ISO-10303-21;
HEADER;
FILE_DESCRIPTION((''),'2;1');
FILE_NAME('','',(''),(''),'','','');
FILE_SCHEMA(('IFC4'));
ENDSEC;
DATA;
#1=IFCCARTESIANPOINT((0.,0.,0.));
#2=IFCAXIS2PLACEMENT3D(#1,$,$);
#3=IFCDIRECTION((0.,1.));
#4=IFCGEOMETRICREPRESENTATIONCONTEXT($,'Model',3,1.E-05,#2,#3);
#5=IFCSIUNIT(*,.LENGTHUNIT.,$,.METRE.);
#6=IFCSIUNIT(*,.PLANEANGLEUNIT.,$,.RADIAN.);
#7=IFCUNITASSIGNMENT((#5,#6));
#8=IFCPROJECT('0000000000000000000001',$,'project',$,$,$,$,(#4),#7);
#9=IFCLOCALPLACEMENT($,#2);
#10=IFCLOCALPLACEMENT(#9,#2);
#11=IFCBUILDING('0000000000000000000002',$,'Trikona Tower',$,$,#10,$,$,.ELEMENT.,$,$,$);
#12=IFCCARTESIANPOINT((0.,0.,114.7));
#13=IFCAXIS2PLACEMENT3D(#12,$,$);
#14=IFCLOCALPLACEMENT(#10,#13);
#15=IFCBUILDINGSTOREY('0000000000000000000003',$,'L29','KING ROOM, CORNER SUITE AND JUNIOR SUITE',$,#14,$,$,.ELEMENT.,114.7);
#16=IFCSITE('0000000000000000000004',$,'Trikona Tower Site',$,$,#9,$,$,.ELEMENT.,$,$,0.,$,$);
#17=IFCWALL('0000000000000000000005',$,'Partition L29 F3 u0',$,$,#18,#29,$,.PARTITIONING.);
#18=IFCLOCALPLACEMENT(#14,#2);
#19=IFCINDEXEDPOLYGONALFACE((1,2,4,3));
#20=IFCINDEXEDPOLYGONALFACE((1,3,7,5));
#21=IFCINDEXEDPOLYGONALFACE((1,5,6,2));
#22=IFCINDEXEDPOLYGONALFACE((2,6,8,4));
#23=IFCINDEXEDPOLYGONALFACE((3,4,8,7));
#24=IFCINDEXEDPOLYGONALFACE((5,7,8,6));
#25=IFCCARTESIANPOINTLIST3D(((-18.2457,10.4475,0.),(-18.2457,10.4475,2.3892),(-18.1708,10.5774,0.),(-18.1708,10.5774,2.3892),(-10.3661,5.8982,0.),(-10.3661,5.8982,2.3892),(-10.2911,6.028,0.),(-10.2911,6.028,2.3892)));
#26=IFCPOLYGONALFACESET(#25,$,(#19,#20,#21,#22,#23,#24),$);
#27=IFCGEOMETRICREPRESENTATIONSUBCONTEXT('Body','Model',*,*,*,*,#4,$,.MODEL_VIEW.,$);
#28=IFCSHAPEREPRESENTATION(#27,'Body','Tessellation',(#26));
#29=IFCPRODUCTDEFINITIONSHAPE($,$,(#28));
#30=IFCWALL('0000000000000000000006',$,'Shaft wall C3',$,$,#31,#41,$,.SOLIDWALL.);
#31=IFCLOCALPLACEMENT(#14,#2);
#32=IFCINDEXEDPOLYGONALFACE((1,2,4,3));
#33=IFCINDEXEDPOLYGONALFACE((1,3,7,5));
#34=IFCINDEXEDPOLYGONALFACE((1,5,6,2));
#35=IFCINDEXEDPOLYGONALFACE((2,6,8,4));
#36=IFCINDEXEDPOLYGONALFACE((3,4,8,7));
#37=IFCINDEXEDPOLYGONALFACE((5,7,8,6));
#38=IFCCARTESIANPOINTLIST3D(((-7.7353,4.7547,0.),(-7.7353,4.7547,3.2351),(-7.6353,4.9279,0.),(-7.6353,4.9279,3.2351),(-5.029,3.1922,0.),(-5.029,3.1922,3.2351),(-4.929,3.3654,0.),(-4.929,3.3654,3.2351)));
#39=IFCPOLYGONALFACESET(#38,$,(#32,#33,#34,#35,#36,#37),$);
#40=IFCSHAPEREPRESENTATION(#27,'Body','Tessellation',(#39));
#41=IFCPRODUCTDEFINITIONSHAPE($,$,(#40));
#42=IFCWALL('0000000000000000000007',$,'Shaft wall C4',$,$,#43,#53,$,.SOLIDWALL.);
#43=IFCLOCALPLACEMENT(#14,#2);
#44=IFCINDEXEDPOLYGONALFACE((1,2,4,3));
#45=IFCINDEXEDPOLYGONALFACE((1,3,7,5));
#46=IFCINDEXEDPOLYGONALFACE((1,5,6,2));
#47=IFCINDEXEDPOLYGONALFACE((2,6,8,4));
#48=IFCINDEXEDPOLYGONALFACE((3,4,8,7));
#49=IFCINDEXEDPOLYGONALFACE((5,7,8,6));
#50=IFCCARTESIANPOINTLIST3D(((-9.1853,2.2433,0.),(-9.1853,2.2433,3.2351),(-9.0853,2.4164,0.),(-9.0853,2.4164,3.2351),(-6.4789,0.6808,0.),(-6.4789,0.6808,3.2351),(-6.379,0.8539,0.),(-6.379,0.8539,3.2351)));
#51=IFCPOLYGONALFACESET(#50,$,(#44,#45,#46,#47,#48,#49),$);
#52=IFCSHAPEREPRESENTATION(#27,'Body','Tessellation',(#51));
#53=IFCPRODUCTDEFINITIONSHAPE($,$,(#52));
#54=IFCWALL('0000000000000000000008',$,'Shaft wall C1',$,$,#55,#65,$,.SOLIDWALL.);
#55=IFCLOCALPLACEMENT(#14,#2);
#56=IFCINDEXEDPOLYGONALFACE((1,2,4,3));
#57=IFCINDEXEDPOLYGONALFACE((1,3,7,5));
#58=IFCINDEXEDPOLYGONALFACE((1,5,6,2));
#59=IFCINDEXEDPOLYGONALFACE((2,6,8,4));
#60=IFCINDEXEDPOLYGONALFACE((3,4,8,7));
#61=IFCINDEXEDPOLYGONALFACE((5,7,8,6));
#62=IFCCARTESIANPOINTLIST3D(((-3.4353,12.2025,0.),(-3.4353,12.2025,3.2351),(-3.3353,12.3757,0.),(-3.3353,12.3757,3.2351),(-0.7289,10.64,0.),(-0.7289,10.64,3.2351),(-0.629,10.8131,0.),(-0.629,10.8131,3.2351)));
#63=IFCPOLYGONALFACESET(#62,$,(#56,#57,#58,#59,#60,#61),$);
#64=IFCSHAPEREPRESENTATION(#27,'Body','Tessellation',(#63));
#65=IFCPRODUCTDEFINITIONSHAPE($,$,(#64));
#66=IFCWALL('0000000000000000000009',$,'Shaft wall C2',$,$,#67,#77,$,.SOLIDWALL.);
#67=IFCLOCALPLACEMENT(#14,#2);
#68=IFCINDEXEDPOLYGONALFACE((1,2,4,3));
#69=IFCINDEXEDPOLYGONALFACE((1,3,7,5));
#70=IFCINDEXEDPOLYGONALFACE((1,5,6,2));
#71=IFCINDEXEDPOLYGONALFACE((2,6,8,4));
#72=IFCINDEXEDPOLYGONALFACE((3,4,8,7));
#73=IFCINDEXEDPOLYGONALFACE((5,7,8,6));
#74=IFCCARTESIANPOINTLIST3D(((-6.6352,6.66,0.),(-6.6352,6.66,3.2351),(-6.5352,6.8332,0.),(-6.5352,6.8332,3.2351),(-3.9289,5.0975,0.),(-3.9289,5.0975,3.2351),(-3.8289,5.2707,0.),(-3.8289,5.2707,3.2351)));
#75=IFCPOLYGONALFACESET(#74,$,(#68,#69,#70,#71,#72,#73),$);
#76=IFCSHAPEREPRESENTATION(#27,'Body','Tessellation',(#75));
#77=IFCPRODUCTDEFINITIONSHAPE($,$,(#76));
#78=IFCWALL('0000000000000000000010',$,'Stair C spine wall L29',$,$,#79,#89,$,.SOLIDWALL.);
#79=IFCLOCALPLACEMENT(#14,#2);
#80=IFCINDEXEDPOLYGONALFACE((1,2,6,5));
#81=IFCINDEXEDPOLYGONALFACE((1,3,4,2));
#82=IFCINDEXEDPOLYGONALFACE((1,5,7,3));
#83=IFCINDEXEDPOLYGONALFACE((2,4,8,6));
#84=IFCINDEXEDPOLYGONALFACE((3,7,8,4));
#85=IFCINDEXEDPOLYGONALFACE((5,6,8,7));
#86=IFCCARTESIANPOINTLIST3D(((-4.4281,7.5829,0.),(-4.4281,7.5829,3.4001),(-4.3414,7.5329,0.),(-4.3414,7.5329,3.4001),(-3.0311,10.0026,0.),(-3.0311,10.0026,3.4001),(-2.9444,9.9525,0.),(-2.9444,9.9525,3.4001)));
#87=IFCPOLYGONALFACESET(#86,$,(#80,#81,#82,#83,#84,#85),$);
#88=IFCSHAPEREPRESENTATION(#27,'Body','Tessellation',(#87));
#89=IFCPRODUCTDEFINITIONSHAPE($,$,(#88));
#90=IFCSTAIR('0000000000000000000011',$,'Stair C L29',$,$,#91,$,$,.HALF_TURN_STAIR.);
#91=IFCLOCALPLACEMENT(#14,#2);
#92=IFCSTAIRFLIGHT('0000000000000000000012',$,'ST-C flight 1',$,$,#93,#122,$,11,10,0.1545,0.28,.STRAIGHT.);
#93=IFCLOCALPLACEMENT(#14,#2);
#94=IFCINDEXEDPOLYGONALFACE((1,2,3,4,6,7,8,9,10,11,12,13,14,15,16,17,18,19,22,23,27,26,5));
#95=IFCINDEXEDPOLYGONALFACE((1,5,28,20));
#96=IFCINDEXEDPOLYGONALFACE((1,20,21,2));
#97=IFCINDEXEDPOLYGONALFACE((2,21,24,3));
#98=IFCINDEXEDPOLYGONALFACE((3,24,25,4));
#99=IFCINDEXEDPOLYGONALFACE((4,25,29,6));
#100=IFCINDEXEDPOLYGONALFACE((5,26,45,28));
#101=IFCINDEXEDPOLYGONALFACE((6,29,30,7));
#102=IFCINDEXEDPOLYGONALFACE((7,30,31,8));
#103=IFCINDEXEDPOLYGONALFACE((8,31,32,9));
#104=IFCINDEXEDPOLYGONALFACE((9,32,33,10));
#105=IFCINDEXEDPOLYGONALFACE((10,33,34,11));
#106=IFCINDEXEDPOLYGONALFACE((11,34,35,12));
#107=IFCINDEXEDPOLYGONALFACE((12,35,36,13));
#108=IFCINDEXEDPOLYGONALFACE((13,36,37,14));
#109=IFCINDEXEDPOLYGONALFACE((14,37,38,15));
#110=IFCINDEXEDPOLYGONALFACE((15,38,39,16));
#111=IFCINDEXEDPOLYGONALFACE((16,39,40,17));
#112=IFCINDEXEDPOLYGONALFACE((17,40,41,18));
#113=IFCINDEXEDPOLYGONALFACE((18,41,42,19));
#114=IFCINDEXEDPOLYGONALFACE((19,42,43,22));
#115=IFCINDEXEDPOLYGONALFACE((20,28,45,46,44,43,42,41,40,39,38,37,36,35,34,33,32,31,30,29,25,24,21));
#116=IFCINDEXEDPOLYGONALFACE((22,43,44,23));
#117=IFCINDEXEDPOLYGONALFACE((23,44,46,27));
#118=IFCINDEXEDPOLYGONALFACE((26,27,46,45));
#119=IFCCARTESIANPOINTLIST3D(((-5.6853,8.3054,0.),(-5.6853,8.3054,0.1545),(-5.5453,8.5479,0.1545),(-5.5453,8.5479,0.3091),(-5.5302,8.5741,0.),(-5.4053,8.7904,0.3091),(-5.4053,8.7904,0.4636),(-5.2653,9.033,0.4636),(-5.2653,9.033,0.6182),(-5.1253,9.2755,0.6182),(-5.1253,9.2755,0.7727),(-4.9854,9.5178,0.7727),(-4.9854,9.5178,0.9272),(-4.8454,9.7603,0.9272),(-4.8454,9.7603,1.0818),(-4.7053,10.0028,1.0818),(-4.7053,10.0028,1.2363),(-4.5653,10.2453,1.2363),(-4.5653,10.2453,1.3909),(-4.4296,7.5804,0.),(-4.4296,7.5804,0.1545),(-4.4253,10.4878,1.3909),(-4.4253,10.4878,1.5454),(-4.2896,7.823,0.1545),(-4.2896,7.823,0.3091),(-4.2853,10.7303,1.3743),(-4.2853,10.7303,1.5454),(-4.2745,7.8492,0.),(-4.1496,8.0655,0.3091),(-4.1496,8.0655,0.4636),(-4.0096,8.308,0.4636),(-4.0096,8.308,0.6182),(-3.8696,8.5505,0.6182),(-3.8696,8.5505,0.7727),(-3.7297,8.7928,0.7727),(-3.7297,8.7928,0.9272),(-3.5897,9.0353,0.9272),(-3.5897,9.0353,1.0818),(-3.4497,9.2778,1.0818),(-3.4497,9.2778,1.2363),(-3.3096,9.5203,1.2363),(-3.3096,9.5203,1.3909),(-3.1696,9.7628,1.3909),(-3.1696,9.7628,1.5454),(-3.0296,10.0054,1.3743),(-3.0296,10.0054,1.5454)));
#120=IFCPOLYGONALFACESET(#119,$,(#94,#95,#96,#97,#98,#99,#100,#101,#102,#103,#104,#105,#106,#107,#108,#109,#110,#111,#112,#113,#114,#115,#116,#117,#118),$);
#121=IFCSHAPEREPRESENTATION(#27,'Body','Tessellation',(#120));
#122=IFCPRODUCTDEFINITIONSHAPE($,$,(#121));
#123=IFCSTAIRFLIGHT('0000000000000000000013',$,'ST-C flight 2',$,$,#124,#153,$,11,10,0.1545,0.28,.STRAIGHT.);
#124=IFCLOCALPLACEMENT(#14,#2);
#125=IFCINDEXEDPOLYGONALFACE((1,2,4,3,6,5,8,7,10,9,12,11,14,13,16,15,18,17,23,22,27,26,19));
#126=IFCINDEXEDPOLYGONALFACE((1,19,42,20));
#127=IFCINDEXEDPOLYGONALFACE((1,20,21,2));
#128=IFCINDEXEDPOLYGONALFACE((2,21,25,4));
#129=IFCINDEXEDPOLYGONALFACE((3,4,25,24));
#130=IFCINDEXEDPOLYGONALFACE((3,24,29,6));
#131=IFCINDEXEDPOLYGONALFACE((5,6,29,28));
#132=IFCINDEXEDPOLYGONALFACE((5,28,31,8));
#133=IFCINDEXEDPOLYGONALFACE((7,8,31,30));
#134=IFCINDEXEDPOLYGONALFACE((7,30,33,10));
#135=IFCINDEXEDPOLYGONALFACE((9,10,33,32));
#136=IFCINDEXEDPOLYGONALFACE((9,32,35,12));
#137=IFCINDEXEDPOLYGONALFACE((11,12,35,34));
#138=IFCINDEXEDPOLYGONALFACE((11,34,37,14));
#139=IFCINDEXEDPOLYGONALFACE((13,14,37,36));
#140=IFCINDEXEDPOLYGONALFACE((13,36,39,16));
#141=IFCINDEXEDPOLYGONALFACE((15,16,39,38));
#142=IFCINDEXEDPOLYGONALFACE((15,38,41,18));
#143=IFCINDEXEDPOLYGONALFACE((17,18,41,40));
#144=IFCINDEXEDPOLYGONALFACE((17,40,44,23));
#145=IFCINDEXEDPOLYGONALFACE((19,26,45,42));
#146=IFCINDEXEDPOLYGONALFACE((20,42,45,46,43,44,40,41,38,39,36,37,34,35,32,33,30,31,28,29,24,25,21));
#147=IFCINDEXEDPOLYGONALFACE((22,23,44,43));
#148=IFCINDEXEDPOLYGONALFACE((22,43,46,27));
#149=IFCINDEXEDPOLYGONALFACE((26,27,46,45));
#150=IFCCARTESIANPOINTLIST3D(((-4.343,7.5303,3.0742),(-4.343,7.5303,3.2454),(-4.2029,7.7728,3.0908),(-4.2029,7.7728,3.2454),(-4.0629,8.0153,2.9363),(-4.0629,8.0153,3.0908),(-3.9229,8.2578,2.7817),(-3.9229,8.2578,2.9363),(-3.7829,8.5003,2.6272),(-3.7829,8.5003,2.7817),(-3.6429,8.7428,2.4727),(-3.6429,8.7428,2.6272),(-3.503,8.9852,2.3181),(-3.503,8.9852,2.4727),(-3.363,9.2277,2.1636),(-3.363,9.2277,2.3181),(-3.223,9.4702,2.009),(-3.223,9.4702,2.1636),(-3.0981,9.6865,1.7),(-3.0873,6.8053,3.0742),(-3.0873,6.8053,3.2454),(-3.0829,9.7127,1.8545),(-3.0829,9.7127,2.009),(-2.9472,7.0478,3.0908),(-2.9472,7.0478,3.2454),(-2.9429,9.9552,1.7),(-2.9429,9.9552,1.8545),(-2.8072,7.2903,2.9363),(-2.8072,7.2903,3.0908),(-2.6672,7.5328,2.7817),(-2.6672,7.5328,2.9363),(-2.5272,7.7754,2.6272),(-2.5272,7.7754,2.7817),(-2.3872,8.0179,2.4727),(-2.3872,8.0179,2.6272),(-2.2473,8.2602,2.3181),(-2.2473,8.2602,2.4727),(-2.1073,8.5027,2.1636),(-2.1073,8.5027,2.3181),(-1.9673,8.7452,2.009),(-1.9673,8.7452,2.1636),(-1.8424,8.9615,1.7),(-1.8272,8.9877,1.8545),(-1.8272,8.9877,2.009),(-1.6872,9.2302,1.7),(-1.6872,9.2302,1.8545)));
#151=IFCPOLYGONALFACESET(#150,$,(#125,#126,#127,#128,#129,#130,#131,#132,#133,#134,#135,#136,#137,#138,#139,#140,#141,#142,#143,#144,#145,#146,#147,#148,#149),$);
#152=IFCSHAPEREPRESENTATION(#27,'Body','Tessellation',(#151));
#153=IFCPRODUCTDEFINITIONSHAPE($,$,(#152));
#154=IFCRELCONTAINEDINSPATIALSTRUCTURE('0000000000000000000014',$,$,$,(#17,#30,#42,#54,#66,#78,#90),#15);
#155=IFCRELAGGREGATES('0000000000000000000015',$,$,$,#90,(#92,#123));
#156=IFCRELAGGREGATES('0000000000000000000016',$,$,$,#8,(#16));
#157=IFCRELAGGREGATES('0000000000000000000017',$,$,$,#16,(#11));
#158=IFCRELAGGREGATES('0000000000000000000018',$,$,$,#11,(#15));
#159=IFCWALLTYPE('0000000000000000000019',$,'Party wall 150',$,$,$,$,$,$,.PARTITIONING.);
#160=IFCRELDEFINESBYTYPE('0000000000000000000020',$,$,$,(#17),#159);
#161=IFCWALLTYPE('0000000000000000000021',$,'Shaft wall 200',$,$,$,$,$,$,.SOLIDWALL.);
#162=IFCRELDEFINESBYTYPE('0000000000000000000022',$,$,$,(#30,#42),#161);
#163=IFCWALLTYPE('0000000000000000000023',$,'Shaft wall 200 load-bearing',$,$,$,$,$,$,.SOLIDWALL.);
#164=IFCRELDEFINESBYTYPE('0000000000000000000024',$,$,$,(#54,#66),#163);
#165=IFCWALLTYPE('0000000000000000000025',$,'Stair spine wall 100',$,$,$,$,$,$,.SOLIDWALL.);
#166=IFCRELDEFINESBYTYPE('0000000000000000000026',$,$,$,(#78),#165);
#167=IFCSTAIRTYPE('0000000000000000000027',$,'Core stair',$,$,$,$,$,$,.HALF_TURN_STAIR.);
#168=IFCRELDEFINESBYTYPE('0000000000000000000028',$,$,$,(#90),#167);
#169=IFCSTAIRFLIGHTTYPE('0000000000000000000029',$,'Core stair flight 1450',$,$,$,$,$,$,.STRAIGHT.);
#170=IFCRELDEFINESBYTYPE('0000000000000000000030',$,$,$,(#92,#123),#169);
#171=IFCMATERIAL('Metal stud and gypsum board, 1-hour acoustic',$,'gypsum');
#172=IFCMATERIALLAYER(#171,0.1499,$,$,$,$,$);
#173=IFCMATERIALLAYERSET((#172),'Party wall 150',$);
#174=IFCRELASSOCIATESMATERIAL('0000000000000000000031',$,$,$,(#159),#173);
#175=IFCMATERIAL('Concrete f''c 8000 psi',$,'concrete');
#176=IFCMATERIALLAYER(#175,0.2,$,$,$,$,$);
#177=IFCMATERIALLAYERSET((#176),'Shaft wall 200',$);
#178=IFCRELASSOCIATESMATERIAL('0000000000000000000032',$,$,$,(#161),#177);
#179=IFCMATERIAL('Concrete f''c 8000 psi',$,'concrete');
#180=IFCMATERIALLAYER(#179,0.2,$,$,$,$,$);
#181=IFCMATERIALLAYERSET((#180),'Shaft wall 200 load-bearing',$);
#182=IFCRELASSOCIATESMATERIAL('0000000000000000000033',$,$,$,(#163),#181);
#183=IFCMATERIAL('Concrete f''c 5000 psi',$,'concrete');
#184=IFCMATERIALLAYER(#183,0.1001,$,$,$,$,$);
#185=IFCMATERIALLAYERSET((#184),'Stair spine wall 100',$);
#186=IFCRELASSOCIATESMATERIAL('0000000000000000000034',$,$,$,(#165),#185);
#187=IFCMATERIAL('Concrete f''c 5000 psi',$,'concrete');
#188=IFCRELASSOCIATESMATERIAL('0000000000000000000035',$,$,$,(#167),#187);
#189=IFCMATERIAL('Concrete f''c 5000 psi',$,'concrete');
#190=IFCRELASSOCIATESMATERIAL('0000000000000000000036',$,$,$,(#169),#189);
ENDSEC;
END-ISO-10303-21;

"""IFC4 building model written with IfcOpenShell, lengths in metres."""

from ifc_helpers import new_model, si_unit, direction, frame, frame_2d, origin, place, context, subcontext, project, spatial, polyline, rectangle, outline, extrude, material, layer, layer_set, type_object, element, aggregate, save


model = new_model("IFC4")

# Units and contexts
model_context = context("Model", 3, precision=1e-05, world=origin(), true_north=direction((0.0, 1.0)))
body_context = subcontext(model_context, "Body", "Model", "MODEL_VIEW")
ifc_project = project(units=[si_unit("LENGTHUNIT", "METRE"), si_unit("PLANEANGLEUNIT", "RADIAN")], contexts=[model_context])

# Site, building, storey
site_placement = place(None, origin())
site = spatial("IfcSite", under=ifc_project, at=site_placement, Name="Trikona Tower Site", CompositionType="ELEMENT", RefElevation=0.0)
building_placement = place(site_placement, origin())
building = spatial("IfcBuilding", under=site, at=building_placement, Name="Trikona Tower", CompositionType="ELEMENT")
storey_placement = place(building_placement, frame((0.0, 0.0, 114.7)))
storey = spatial("IfcBuildingStorey", under=building, at=storey_placement, Name="L29", Description="KING ROOM, CORNER SUITE AND JUNIOR SUITE", CompositionType="ELEMENT", Elevation=114.7)

# Walls
ifc_material_1 = material(Name="Metal stud and gypsum board, 1-hour acoustic", Category="gypsum")
ifc_layer_1 = layer(ifc_material_1, 0.1499)
ifc_layer_set_1 = layer_set([ifc_layer_1], Name="Party wall 150")
wall_type_1 = type_object("IfcWallType", Name="Party wall 150", PredefinedType="PARTITIONING", material=ifc_layer_set_1)
wall_1_placement = place(storey_placement, frame((-10.3286, 5.9631, 0.0), z_axis=(0.0, 0.0, 1.0), x_axis=(-0.866025, 0.5, 0.0)))
element("IfcWall", 1, at=wall_1_placement, inside=storey, type_object=wall_type_1, Name="Partition L29 F3 u0", PredefinedType="PARTITIONING", context=body_context, shape_type="SweptSolid", body=[
    extrude(rectangle(XDim=9.0986, YDim=0.1499, at=frame_2d((4.5493, 0.0))), origin(), (0.0, 0.0, 1.0), 2.3892),
])
ifc_material_2 = material(Name="Concrete f'c 8000 psi", Category="concrete")
ifc_layer_2 = layer(ifc_material_2, 0.2)
ifc_layer_set_2 = layer_set([ifc_layer_2], Name="Shaft wall 200")
wall_type_2 = type_object("IfcWallType", Name="Shaft wall 200", PredefinedType="SOLIDWALL", material=ifc_layer_set_2)
for number, where, z_axis, x_axis, name in (
    (2, (-4.979, 3.2788, 0.0), (0.0, 0.0, 1.0), (-0.866023, 0.500004, 0.0), "Shaft wall C3"),
    (3, (-6.429, 0.7673, 0.0), (0.0, 0.0, 1.0), (-0.866023, 0.500004, 0.0), "Shaft wall C4"),
):
    element("IfcWall", number, at=place(storey_placement, frame(where, z_axis=z_axis, x_axis=x_axis)), inside=storey, type_object=wall_type_2, Name=name, PredefinedType="SOLIDWALL", context=body_context, shape_type="SweptSolid", body=[
        extrude(rectangle(XDim=3.125, YDim=0.2, at=frame_2d((1.5625, 0.0))), origin(), (0.0, 0.0, 1.0), 3.2351),
    ])
ifc_material_3 = material(Name="Concrete f'c 8000 psi", Category="concrete")
ifc_layer_3 = layer(ifc_material_3, 0.2)
ifc_layer_set_3 = layer_set([ifc_layer_3], Name="Shaft wall 200 load-bearing")
wall_type_3 = type_object("IfcWallType", Name="Shaft wall 200 load-bearing", PredefinedType="SOLIDWALL", material=ifc_layer_set_3)
for number, where, z_axis, x_axis, name in (
    (4, (-0.679, 10.7266, 0.0), (0.0, 0.0, 1.0), (-0.866023, 0.500004, 0.0), "Shaft wall C1"),
    (5, (-3.8789, 5.1841, 0.0), (0.0, 0.0, 1.0), (-0.866023, 0.500004, 0.0), "Shaft wall C2"),
):
    element("IfcWall", number, at=place(storey_placement, frame(where, z_axis=z_axis, x_axis=x_axis)), inside=storey, type_object=wall_type_3, Name=name, PredefinedType="SOLIDWALL", context=body_context, shape_type="SweptSolid", body=[
        extrude(rectangle(XDim=3.125, YDim=0.2, at=frame_2d((1.5625, 0.0))), origin(), (0.0, 0.0, 1.0), 3.2351),
    ])
ifc_material_4 = material(Name="Concrete f'c 5000 psi", Category="concrete")
ifc_layer_4 = layer(ifc_material_4, 0.1001)
ifc_layer_set_4 = layer_set([ifc_layer_4], Name="Stair spine wall 100")
wall_type_4 = type_object("IfcWallType", Name="Stair spine wall 100", PredefinedType="SOLIDWALL", material=ifc_layer_set_4)
wall_2_placement = place(storey_placement, frame((-2.9878, 9.9775, 0.0), z_axis=(0.0, 0.0, 1.0), x_axis=(-0.499992, -0.86603, 0.0)))
element("IfcWall", 6, at=wall_2_placement, inside=storey, type_object=wall_type_4, Name="Stair C spine wall L29", PredefinedType="SOLIDWALL", context=body_context, shape_type="SweptSolid", body=[
    extrude(rectangle(XDim=2.7939, YDim=0.1001, at=frame_2d((1.397, 0.0))), origin(), (0.0, 0.0, 1.0), 3.4001),
])

# Stair, stair flights
ifc_material_5 = material(Name="Concrete f'c 5000 psi", Category="concrete")
stair_type = type_object("IfcStairType", Name="Core stair", PredefinedType="HALF_TURN_STAIR", material=ifc_material_5)
stair_placement = place(storey_placement, origin())
stair = element("IfcStair", 7, at=stair_placement, inside=storey, type_object=stair_type, Name="Stair C L29", PredefinedType="HALF_TURN_STAIR")
ifc_material_6 = material(Name="Concrete f'c 5000 psi", Category="concrete")
stair_flight_type = type_object("IfcStairFlightType", Name="Core stair flight 1450", PredefinedType="STRAIGHT", material=ifc_material_6)
stair_flight_1_placement = place(storey_placement, frame((-5.0574, 7.9429, 0.0), z_axis=(0.0, 0.0, 1.0), x_axis=(0.5, 0.866025, 0.0)))
stair_flight_1 = element("IfcStairFlight", 8, at=stair_flight_1_placement, type_object=stair_flight_type, Name="ST-C flight 1", NumberOfRisers=11, NumberOfTreads=10, PredefinedType="STRAIGHT", RiserHeight=0.1545, TreadLength=0.28, context=body_context, shape_type="SweptSolid", body=[
    extrude(outline(polyline([(0.0, 0.0), (0.0, 0.1545), (0.28, 0.1545), (0.28, 0.3091), (0.5601, 0.3091), (0.5601, 0.4636), (0.8401, 0.4636), (0.8401, 0.6182), (1.1201, 0.6182), (1.1201, 0.7727), (1.3999, 0.7727), (1.3999, 0.9272), (1.6799, 0.9272), (1.6799, 1.0818), (1.96, 1.0818), (1.96, 1.2363), (2.24, 1.2363), (2.24, 1.3909), (2.52, 1.3909), (2.52, 1.5454), (2.8, 1.5454), (2.8, 1.7), (2.8, 1.3743), (0.3103, 0.0), (0.0, 0.0)])), frame((0.0, 0.7251, 0.0), z_axis=(0.0, -1.0, 0.0), x_axis=(1.0, 0.0, 0.0)), (0.0, 0.0, 1.0), 1.45),
])
stair_flight_2_placement = place(storey_placement, frame((-2.3152, 9.5928, 1.7), z_axis=(0.0, 0.0, 1.0), x_axis=(-0.5, -0.866025, 0.0)))
stair_flight_2 = element("IfcStairFlight", 9, at=stair_flight_2_placement, type_object=stair_flight_type, Name="ST-C flight 2", NumberOfRisers=11, NumberOfTreads=10, PredefinedType="STRAIGHT", RiserHeight=0.1545, TreadLength=0.28, context=body_context, shape_type="SweptSolid", body=[
    extrude(outline(polyline([(0.0, 0.0), (0.0, 0.1545), (0.28, 0.1545), (0.28, 0.3091), (0.5601, 0.3091), (0.5601, 0.4636), (0.8401, 0.4636), (0.8401, 0.6182), (1.1201, 0.6182), (1.1201, 0.7727), (1.3999, 0.7727), (1.3999, 0.9272), (1.6799, 0.9272), (1.6799, 1.0818), (1.96, 1.0818), (1.96, 1.2363), (2.24, 1.2363), (2.24, 1.3909), (2.52, 1.3909), (2.52, 1.5454), (2.8, 1.5454), (2.8, 1.7), (2.8, 1.3743), (0.3103, 0.0), (0.0, 0.0)])), frame((0.0, 0.7251, 0.0), z_axis=(0.0, -1.0, 0.0), x_axis=(1.0, 0.0, 0.0)), (0.0, 0.0, 1.0), 1.45),
])
aggregate(stair, [stair_flight_1, stair_flight_2])

save(model, "model.ifc")
